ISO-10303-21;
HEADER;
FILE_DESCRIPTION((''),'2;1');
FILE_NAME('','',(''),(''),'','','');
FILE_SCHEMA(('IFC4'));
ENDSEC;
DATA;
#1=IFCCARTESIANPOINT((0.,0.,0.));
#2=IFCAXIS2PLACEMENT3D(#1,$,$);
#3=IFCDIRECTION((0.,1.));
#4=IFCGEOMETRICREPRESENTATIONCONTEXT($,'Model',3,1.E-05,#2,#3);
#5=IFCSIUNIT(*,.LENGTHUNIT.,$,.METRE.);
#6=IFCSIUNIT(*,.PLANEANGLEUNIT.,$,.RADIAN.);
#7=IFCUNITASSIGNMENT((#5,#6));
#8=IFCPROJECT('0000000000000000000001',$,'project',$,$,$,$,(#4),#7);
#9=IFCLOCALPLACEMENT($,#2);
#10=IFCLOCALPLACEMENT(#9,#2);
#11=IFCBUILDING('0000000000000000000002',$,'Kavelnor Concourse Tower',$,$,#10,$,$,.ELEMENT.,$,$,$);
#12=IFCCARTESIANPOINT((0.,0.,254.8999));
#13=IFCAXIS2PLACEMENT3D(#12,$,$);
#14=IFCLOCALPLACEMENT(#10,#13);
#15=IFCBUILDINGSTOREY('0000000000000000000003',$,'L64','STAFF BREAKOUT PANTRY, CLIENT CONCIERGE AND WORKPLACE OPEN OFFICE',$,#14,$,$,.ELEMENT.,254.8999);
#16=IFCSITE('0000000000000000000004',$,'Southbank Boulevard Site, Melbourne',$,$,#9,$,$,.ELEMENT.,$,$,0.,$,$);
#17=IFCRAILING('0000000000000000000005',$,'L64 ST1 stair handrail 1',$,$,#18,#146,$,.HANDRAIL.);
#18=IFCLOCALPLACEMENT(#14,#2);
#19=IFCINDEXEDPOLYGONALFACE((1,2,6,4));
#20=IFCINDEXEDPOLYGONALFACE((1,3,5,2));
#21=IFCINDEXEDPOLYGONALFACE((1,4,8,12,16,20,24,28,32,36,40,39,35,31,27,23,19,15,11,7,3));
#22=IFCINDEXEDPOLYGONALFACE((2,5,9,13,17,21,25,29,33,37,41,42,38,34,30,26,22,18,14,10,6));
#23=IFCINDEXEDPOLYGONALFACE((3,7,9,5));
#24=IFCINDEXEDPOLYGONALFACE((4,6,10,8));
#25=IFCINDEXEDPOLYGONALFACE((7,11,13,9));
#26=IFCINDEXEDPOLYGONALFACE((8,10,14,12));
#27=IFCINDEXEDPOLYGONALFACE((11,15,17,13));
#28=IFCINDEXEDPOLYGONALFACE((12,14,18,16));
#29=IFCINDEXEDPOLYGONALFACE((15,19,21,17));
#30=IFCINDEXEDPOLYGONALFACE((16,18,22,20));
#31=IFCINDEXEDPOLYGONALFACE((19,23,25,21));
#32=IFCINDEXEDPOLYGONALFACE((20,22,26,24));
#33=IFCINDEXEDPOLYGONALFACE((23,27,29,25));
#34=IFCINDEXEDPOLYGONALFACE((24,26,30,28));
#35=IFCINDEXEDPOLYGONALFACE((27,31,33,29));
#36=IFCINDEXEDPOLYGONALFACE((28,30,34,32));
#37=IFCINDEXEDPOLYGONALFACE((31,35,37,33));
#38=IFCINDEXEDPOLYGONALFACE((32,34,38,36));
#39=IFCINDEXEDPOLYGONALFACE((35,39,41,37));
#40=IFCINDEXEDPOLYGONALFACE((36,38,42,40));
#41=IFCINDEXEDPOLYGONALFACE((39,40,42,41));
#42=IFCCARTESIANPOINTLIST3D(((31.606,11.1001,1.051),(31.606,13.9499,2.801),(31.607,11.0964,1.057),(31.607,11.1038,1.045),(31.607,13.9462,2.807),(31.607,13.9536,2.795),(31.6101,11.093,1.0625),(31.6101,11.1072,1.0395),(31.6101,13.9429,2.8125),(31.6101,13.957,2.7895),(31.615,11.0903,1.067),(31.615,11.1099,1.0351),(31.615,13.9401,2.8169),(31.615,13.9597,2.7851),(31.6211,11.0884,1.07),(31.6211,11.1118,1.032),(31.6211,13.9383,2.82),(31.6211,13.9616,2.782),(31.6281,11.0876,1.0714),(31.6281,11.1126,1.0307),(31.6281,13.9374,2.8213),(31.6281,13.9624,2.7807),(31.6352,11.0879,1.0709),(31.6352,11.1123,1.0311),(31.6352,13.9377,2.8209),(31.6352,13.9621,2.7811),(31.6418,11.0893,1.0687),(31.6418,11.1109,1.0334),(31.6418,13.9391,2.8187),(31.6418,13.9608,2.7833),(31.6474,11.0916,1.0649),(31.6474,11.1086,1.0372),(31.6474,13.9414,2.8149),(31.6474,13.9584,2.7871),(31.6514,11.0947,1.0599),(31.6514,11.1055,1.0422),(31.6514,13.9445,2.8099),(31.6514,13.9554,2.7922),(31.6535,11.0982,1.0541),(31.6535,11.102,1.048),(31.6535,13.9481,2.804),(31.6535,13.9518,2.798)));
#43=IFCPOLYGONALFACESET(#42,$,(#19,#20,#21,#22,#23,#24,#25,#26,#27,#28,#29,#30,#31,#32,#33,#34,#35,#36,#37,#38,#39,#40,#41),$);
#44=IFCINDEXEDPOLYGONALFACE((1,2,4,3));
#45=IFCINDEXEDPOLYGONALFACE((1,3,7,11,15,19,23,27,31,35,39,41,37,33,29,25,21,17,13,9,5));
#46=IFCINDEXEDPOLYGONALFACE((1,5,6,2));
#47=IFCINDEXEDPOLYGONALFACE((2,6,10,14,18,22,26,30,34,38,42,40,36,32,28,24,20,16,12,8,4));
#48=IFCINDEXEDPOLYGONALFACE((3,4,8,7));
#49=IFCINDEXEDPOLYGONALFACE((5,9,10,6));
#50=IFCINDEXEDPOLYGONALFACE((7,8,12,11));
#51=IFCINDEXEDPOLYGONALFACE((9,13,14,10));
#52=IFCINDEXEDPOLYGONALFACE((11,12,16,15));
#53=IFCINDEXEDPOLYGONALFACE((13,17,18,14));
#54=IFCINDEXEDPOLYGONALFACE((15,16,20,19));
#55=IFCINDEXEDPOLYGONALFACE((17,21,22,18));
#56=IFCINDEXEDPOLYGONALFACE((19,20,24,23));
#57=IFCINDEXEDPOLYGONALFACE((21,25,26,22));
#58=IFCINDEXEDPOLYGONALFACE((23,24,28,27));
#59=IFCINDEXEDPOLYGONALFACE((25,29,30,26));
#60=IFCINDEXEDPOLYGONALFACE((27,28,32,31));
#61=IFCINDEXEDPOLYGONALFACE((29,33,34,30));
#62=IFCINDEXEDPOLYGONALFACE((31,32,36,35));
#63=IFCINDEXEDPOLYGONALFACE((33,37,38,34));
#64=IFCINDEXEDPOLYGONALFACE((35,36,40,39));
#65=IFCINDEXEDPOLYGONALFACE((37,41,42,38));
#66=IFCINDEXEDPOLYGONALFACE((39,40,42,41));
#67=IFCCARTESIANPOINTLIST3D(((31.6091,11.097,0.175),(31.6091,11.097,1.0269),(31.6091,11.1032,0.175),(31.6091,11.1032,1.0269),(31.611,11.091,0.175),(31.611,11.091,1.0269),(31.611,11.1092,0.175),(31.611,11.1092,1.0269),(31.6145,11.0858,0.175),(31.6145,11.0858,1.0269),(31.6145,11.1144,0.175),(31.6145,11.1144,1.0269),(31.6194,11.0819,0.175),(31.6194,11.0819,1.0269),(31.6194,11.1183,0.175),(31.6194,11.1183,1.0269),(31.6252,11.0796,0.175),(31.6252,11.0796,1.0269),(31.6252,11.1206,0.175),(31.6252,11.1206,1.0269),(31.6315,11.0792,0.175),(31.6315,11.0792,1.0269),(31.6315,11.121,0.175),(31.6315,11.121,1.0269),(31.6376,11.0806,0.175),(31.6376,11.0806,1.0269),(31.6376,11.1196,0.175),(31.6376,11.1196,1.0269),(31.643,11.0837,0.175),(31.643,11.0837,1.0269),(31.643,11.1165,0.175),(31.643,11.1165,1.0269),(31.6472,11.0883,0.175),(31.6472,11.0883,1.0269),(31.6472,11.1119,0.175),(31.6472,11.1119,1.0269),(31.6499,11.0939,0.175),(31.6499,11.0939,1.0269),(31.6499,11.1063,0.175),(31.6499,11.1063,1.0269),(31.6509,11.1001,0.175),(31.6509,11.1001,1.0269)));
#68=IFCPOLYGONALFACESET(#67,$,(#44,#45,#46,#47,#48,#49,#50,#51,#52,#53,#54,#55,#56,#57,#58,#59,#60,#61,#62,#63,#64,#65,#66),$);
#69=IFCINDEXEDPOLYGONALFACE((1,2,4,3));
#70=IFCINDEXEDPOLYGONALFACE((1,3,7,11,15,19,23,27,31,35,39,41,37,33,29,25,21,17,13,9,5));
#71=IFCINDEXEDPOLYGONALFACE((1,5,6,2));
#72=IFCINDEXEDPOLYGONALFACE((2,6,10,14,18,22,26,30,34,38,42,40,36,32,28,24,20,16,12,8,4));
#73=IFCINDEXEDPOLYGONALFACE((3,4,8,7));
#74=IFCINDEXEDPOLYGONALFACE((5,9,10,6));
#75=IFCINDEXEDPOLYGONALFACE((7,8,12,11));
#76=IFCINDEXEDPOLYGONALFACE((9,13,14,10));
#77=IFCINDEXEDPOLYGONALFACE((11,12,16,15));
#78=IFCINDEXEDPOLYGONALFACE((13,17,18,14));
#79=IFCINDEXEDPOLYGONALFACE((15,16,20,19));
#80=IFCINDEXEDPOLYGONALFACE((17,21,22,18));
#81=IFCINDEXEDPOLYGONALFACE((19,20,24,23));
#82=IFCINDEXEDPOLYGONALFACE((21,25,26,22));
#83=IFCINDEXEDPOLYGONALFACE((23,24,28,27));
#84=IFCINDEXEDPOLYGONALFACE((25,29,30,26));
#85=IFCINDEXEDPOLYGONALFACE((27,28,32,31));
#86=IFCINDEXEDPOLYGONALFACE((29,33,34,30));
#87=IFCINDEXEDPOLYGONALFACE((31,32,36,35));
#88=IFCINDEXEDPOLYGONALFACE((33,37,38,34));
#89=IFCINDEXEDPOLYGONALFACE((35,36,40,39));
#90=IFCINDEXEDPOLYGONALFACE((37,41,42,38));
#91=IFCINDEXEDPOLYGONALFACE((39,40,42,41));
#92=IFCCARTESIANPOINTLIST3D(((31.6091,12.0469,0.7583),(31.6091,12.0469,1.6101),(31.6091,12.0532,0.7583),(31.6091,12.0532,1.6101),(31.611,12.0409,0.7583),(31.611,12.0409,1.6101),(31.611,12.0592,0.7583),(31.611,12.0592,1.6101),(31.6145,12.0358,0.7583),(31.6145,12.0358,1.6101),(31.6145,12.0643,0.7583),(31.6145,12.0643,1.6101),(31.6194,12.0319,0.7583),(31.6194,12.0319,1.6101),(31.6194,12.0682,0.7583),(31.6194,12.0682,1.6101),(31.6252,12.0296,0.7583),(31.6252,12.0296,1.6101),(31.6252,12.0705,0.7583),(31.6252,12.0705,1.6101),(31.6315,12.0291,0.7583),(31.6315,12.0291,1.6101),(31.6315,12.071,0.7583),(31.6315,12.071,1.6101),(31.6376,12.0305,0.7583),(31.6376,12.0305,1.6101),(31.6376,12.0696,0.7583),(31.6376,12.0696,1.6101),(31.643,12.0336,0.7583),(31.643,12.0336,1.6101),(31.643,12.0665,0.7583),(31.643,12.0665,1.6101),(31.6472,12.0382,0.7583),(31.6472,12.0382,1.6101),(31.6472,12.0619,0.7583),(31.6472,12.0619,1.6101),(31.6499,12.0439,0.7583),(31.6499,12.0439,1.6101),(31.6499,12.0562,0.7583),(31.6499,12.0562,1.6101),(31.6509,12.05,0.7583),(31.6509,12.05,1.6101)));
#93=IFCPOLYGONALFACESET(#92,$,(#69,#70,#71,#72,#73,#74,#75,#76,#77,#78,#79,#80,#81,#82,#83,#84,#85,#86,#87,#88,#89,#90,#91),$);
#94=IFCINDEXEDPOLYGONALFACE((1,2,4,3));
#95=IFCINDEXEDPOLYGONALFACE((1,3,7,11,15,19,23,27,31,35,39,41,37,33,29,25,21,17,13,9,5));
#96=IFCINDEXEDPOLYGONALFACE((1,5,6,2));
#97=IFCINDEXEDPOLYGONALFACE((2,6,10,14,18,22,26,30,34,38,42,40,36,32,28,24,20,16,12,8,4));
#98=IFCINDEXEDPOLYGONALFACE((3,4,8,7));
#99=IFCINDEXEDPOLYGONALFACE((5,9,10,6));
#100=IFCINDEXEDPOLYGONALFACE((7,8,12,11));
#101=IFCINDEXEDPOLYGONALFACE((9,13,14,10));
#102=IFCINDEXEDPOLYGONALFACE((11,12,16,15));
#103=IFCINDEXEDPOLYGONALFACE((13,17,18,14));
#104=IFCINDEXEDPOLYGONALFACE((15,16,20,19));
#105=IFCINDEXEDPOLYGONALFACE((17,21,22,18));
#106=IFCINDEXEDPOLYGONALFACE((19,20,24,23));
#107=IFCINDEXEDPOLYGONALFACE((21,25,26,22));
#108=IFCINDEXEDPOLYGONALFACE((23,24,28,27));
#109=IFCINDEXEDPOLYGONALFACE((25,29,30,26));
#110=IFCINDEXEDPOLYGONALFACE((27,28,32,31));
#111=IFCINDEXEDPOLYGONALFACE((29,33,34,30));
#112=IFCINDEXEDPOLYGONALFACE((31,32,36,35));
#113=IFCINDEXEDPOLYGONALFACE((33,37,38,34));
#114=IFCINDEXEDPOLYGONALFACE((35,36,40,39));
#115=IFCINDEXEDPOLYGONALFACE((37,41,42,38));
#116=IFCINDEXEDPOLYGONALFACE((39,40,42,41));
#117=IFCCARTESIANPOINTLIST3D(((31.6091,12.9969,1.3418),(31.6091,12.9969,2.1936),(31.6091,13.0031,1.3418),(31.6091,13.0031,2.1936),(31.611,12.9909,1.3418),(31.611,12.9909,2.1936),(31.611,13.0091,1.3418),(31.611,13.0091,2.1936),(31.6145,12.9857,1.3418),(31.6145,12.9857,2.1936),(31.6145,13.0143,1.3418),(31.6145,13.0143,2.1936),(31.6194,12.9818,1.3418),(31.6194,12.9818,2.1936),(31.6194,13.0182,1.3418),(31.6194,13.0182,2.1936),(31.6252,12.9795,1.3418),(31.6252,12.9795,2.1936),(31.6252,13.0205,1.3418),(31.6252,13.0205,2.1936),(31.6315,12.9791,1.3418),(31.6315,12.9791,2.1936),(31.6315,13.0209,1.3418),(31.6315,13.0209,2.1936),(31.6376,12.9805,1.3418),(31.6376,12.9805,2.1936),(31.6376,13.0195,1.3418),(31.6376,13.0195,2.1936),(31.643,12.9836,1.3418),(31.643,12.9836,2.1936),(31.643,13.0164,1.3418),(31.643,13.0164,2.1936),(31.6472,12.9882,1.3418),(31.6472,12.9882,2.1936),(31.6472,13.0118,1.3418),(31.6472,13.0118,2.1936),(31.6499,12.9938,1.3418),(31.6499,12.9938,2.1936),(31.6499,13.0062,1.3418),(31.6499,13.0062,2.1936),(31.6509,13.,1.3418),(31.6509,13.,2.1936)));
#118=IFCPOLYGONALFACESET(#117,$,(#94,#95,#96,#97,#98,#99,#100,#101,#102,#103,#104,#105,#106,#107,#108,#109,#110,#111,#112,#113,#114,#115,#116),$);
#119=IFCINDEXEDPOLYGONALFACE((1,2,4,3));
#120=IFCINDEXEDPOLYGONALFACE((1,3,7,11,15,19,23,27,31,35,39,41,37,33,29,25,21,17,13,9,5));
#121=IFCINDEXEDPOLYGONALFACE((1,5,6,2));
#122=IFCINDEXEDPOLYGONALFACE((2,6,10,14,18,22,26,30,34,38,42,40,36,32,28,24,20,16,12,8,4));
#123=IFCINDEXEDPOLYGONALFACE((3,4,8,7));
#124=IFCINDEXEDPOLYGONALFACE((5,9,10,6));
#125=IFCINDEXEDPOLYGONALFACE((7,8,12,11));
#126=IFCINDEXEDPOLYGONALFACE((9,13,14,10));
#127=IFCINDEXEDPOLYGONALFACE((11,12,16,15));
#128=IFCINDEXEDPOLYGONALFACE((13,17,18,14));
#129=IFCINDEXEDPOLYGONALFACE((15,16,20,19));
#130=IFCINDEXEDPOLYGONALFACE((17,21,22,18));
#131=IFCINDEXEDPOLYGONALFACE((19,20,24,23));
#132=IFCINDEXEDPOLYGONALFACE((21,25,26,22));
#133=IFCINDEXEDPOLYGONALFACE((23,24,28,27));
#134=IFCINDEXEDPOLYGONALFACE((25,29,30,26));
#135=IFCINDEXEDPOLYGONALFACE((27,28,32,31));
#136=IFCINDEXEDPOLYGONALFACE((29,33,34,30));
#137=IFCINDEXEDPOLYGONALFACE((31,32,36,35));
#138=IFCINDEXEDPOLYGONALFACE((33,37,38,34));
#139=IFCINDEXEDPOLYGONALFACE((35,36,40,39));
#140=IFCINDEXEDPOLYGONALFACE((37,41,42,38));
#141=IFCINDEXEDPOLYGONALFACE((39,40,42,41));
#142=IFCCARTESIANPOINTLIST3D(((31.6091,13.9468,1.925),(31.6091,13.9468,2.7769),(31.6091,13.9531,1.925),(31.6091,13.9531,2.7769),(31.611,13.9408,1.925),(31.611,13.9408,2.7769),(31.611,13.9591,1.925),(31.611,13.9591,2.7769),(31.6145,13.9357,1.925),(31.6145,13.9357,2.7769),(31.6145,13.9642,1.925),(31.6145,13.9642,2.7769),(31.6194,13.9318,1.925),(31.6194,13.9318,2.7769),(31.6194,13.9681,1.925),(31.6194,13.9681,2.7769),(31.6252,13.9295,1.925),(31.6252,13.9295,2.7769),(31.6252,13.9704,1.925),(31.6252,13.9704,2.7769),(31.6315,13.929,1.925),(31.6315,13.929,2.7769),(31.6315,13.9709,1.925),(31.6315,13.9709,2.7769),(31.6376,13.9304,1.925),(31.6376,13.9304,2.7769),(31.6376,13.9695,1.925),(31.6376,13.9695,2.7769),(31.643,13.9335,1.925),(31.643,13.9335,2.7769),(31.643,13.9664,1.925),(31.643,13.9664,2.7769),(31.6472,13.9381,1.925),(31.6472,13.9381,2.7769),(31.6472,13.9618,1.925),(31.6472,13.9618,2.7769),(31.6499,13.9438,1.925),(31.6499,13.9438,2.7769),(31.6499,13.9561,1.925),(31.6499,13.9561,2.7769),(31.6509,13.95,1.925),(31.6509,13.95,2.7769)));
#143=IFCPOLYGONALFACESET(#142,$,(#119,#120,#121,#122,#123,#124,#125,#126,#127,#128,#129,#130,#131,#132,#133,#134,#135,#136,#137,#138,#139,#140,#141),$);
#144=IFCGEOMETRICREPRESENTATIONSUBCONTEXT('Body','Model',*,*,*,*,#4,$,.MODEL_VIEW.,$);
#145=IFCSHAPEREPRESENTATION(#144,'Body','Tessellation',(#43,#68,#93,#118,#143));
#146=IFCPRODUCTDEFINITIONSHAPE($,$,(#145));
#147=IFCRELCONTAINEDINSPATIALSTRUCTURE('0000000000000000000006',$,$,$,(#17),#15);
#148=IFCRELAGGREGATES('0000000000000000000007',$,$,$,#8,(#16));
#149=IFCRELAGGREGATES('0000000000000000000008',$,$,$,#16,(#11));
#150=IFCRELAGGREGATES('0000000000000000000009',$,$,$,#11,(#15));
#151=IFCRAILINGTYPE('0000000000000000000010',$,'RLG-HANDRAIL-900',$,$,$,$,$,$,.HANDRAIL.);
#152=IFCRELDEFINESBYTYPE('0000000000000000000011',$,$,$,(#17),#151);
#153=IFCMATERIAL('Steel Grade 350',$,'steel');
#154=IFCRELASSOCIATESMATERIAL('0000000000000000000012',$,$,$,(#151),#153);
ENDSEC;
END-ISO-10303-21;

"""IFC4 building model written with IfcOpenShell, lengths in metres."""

from ifc_helpers import new_model, si_unit, direction, frame, origin, origin_2d, place, context, subcontext, project, spatial, circle, extrude, material, type_object, element, save


model = new_model("IFC4")

# Units and contexts
model_context = context("Model", 3, precision=1e-05, world=origin(), true_north=direction((0.0, 1.0)))
body_context = subcontext(model_context, "Body", "Model", "MODEL_VIEW")
ifc_project = project(units=[si_unit("LENGTHUNIT", "METRE"), si_unit("PLANEANGLEUNIT", "RADIAN")], contexts=[model_context])

# Site, building, storey
site_placement = place(None, origin())
site = spatial("IfcSite", under=ifc_project, at=site_placement, Name="Southbank Boulevard Site, Melbourne", CompositionType="ELEMENT", RefElevation=0.0)
building_placement = place(site_placement, origin())
building = spatial("IfcBuilding", under=site, at=building_placement, Name="Kavelnor Concourse Tower", CompositionType="ELEMENT")
storey_placement = place(building_placement, frame((0.0, 0.0, 254.8999)))
storey = spatial("IfcBuildingStorey", under=building, at=storey_placement, Name="L64", Description="STAFF BREAKOUT PANTRY, CLIENT CONCIERGE AND WORKPLACE OPEN OFFICE", CompositionType="ELEMENT", Elevation=254.8999)

# Shared definitions
ifc_material_1 = material(Name="Steel Grade 350", Category="steel")

# Railing
railing_type_1 = type_object("IfcRailingType", Name="RLG-HANDRAIL-900", PredefinedType="HANDRAIL", material=ifc_material_1)
railing_1_placement = place(storey_placement, frame((31.6299, 11.1001, 0.175)))
element("IfcRailing", 1, at=railing_1_placement, inside=storey, type_object=railing_type_1, Name="L64 ST1 stair handrail 1", PredefinedType="HANDRAIL", context=body_context, shape_type="SweptSolid", body=[
    extrude(circle(Radius=0.0239, at=origin_2d()), frame((0.0, 0.0, 0.876), z_axis=(0.0, 0.852159, 0.523283), x_axis=(-1.0, 0.0, 0.0)), (0.0, 0.0, 1.0), 3.3442),
    extrude(circle(Radius=0.021, at=origin_2d()), origin(), (0.0, 0.0, 1.0), 0.8518),
    extrude(circle(Radius=0.021, at=origin_2d()), frame((0.0, 0.95, 0.5833)), (0.0, 0.0, 1.0), 0.8518),
    extrude(circle(Radius=0.021, at=origin_2d()), frame((0.0, 1.8999, 1.1667)), (0.0, 0.0, 1.0), 0.8518),
    extrude(circle(Radius=0.021, at=origin_2d()), frame((0.0, 2.8499, 1.75)), (0.0, 0.0, 1.0), 0.8518),
])

save(model, "model.ifc")
